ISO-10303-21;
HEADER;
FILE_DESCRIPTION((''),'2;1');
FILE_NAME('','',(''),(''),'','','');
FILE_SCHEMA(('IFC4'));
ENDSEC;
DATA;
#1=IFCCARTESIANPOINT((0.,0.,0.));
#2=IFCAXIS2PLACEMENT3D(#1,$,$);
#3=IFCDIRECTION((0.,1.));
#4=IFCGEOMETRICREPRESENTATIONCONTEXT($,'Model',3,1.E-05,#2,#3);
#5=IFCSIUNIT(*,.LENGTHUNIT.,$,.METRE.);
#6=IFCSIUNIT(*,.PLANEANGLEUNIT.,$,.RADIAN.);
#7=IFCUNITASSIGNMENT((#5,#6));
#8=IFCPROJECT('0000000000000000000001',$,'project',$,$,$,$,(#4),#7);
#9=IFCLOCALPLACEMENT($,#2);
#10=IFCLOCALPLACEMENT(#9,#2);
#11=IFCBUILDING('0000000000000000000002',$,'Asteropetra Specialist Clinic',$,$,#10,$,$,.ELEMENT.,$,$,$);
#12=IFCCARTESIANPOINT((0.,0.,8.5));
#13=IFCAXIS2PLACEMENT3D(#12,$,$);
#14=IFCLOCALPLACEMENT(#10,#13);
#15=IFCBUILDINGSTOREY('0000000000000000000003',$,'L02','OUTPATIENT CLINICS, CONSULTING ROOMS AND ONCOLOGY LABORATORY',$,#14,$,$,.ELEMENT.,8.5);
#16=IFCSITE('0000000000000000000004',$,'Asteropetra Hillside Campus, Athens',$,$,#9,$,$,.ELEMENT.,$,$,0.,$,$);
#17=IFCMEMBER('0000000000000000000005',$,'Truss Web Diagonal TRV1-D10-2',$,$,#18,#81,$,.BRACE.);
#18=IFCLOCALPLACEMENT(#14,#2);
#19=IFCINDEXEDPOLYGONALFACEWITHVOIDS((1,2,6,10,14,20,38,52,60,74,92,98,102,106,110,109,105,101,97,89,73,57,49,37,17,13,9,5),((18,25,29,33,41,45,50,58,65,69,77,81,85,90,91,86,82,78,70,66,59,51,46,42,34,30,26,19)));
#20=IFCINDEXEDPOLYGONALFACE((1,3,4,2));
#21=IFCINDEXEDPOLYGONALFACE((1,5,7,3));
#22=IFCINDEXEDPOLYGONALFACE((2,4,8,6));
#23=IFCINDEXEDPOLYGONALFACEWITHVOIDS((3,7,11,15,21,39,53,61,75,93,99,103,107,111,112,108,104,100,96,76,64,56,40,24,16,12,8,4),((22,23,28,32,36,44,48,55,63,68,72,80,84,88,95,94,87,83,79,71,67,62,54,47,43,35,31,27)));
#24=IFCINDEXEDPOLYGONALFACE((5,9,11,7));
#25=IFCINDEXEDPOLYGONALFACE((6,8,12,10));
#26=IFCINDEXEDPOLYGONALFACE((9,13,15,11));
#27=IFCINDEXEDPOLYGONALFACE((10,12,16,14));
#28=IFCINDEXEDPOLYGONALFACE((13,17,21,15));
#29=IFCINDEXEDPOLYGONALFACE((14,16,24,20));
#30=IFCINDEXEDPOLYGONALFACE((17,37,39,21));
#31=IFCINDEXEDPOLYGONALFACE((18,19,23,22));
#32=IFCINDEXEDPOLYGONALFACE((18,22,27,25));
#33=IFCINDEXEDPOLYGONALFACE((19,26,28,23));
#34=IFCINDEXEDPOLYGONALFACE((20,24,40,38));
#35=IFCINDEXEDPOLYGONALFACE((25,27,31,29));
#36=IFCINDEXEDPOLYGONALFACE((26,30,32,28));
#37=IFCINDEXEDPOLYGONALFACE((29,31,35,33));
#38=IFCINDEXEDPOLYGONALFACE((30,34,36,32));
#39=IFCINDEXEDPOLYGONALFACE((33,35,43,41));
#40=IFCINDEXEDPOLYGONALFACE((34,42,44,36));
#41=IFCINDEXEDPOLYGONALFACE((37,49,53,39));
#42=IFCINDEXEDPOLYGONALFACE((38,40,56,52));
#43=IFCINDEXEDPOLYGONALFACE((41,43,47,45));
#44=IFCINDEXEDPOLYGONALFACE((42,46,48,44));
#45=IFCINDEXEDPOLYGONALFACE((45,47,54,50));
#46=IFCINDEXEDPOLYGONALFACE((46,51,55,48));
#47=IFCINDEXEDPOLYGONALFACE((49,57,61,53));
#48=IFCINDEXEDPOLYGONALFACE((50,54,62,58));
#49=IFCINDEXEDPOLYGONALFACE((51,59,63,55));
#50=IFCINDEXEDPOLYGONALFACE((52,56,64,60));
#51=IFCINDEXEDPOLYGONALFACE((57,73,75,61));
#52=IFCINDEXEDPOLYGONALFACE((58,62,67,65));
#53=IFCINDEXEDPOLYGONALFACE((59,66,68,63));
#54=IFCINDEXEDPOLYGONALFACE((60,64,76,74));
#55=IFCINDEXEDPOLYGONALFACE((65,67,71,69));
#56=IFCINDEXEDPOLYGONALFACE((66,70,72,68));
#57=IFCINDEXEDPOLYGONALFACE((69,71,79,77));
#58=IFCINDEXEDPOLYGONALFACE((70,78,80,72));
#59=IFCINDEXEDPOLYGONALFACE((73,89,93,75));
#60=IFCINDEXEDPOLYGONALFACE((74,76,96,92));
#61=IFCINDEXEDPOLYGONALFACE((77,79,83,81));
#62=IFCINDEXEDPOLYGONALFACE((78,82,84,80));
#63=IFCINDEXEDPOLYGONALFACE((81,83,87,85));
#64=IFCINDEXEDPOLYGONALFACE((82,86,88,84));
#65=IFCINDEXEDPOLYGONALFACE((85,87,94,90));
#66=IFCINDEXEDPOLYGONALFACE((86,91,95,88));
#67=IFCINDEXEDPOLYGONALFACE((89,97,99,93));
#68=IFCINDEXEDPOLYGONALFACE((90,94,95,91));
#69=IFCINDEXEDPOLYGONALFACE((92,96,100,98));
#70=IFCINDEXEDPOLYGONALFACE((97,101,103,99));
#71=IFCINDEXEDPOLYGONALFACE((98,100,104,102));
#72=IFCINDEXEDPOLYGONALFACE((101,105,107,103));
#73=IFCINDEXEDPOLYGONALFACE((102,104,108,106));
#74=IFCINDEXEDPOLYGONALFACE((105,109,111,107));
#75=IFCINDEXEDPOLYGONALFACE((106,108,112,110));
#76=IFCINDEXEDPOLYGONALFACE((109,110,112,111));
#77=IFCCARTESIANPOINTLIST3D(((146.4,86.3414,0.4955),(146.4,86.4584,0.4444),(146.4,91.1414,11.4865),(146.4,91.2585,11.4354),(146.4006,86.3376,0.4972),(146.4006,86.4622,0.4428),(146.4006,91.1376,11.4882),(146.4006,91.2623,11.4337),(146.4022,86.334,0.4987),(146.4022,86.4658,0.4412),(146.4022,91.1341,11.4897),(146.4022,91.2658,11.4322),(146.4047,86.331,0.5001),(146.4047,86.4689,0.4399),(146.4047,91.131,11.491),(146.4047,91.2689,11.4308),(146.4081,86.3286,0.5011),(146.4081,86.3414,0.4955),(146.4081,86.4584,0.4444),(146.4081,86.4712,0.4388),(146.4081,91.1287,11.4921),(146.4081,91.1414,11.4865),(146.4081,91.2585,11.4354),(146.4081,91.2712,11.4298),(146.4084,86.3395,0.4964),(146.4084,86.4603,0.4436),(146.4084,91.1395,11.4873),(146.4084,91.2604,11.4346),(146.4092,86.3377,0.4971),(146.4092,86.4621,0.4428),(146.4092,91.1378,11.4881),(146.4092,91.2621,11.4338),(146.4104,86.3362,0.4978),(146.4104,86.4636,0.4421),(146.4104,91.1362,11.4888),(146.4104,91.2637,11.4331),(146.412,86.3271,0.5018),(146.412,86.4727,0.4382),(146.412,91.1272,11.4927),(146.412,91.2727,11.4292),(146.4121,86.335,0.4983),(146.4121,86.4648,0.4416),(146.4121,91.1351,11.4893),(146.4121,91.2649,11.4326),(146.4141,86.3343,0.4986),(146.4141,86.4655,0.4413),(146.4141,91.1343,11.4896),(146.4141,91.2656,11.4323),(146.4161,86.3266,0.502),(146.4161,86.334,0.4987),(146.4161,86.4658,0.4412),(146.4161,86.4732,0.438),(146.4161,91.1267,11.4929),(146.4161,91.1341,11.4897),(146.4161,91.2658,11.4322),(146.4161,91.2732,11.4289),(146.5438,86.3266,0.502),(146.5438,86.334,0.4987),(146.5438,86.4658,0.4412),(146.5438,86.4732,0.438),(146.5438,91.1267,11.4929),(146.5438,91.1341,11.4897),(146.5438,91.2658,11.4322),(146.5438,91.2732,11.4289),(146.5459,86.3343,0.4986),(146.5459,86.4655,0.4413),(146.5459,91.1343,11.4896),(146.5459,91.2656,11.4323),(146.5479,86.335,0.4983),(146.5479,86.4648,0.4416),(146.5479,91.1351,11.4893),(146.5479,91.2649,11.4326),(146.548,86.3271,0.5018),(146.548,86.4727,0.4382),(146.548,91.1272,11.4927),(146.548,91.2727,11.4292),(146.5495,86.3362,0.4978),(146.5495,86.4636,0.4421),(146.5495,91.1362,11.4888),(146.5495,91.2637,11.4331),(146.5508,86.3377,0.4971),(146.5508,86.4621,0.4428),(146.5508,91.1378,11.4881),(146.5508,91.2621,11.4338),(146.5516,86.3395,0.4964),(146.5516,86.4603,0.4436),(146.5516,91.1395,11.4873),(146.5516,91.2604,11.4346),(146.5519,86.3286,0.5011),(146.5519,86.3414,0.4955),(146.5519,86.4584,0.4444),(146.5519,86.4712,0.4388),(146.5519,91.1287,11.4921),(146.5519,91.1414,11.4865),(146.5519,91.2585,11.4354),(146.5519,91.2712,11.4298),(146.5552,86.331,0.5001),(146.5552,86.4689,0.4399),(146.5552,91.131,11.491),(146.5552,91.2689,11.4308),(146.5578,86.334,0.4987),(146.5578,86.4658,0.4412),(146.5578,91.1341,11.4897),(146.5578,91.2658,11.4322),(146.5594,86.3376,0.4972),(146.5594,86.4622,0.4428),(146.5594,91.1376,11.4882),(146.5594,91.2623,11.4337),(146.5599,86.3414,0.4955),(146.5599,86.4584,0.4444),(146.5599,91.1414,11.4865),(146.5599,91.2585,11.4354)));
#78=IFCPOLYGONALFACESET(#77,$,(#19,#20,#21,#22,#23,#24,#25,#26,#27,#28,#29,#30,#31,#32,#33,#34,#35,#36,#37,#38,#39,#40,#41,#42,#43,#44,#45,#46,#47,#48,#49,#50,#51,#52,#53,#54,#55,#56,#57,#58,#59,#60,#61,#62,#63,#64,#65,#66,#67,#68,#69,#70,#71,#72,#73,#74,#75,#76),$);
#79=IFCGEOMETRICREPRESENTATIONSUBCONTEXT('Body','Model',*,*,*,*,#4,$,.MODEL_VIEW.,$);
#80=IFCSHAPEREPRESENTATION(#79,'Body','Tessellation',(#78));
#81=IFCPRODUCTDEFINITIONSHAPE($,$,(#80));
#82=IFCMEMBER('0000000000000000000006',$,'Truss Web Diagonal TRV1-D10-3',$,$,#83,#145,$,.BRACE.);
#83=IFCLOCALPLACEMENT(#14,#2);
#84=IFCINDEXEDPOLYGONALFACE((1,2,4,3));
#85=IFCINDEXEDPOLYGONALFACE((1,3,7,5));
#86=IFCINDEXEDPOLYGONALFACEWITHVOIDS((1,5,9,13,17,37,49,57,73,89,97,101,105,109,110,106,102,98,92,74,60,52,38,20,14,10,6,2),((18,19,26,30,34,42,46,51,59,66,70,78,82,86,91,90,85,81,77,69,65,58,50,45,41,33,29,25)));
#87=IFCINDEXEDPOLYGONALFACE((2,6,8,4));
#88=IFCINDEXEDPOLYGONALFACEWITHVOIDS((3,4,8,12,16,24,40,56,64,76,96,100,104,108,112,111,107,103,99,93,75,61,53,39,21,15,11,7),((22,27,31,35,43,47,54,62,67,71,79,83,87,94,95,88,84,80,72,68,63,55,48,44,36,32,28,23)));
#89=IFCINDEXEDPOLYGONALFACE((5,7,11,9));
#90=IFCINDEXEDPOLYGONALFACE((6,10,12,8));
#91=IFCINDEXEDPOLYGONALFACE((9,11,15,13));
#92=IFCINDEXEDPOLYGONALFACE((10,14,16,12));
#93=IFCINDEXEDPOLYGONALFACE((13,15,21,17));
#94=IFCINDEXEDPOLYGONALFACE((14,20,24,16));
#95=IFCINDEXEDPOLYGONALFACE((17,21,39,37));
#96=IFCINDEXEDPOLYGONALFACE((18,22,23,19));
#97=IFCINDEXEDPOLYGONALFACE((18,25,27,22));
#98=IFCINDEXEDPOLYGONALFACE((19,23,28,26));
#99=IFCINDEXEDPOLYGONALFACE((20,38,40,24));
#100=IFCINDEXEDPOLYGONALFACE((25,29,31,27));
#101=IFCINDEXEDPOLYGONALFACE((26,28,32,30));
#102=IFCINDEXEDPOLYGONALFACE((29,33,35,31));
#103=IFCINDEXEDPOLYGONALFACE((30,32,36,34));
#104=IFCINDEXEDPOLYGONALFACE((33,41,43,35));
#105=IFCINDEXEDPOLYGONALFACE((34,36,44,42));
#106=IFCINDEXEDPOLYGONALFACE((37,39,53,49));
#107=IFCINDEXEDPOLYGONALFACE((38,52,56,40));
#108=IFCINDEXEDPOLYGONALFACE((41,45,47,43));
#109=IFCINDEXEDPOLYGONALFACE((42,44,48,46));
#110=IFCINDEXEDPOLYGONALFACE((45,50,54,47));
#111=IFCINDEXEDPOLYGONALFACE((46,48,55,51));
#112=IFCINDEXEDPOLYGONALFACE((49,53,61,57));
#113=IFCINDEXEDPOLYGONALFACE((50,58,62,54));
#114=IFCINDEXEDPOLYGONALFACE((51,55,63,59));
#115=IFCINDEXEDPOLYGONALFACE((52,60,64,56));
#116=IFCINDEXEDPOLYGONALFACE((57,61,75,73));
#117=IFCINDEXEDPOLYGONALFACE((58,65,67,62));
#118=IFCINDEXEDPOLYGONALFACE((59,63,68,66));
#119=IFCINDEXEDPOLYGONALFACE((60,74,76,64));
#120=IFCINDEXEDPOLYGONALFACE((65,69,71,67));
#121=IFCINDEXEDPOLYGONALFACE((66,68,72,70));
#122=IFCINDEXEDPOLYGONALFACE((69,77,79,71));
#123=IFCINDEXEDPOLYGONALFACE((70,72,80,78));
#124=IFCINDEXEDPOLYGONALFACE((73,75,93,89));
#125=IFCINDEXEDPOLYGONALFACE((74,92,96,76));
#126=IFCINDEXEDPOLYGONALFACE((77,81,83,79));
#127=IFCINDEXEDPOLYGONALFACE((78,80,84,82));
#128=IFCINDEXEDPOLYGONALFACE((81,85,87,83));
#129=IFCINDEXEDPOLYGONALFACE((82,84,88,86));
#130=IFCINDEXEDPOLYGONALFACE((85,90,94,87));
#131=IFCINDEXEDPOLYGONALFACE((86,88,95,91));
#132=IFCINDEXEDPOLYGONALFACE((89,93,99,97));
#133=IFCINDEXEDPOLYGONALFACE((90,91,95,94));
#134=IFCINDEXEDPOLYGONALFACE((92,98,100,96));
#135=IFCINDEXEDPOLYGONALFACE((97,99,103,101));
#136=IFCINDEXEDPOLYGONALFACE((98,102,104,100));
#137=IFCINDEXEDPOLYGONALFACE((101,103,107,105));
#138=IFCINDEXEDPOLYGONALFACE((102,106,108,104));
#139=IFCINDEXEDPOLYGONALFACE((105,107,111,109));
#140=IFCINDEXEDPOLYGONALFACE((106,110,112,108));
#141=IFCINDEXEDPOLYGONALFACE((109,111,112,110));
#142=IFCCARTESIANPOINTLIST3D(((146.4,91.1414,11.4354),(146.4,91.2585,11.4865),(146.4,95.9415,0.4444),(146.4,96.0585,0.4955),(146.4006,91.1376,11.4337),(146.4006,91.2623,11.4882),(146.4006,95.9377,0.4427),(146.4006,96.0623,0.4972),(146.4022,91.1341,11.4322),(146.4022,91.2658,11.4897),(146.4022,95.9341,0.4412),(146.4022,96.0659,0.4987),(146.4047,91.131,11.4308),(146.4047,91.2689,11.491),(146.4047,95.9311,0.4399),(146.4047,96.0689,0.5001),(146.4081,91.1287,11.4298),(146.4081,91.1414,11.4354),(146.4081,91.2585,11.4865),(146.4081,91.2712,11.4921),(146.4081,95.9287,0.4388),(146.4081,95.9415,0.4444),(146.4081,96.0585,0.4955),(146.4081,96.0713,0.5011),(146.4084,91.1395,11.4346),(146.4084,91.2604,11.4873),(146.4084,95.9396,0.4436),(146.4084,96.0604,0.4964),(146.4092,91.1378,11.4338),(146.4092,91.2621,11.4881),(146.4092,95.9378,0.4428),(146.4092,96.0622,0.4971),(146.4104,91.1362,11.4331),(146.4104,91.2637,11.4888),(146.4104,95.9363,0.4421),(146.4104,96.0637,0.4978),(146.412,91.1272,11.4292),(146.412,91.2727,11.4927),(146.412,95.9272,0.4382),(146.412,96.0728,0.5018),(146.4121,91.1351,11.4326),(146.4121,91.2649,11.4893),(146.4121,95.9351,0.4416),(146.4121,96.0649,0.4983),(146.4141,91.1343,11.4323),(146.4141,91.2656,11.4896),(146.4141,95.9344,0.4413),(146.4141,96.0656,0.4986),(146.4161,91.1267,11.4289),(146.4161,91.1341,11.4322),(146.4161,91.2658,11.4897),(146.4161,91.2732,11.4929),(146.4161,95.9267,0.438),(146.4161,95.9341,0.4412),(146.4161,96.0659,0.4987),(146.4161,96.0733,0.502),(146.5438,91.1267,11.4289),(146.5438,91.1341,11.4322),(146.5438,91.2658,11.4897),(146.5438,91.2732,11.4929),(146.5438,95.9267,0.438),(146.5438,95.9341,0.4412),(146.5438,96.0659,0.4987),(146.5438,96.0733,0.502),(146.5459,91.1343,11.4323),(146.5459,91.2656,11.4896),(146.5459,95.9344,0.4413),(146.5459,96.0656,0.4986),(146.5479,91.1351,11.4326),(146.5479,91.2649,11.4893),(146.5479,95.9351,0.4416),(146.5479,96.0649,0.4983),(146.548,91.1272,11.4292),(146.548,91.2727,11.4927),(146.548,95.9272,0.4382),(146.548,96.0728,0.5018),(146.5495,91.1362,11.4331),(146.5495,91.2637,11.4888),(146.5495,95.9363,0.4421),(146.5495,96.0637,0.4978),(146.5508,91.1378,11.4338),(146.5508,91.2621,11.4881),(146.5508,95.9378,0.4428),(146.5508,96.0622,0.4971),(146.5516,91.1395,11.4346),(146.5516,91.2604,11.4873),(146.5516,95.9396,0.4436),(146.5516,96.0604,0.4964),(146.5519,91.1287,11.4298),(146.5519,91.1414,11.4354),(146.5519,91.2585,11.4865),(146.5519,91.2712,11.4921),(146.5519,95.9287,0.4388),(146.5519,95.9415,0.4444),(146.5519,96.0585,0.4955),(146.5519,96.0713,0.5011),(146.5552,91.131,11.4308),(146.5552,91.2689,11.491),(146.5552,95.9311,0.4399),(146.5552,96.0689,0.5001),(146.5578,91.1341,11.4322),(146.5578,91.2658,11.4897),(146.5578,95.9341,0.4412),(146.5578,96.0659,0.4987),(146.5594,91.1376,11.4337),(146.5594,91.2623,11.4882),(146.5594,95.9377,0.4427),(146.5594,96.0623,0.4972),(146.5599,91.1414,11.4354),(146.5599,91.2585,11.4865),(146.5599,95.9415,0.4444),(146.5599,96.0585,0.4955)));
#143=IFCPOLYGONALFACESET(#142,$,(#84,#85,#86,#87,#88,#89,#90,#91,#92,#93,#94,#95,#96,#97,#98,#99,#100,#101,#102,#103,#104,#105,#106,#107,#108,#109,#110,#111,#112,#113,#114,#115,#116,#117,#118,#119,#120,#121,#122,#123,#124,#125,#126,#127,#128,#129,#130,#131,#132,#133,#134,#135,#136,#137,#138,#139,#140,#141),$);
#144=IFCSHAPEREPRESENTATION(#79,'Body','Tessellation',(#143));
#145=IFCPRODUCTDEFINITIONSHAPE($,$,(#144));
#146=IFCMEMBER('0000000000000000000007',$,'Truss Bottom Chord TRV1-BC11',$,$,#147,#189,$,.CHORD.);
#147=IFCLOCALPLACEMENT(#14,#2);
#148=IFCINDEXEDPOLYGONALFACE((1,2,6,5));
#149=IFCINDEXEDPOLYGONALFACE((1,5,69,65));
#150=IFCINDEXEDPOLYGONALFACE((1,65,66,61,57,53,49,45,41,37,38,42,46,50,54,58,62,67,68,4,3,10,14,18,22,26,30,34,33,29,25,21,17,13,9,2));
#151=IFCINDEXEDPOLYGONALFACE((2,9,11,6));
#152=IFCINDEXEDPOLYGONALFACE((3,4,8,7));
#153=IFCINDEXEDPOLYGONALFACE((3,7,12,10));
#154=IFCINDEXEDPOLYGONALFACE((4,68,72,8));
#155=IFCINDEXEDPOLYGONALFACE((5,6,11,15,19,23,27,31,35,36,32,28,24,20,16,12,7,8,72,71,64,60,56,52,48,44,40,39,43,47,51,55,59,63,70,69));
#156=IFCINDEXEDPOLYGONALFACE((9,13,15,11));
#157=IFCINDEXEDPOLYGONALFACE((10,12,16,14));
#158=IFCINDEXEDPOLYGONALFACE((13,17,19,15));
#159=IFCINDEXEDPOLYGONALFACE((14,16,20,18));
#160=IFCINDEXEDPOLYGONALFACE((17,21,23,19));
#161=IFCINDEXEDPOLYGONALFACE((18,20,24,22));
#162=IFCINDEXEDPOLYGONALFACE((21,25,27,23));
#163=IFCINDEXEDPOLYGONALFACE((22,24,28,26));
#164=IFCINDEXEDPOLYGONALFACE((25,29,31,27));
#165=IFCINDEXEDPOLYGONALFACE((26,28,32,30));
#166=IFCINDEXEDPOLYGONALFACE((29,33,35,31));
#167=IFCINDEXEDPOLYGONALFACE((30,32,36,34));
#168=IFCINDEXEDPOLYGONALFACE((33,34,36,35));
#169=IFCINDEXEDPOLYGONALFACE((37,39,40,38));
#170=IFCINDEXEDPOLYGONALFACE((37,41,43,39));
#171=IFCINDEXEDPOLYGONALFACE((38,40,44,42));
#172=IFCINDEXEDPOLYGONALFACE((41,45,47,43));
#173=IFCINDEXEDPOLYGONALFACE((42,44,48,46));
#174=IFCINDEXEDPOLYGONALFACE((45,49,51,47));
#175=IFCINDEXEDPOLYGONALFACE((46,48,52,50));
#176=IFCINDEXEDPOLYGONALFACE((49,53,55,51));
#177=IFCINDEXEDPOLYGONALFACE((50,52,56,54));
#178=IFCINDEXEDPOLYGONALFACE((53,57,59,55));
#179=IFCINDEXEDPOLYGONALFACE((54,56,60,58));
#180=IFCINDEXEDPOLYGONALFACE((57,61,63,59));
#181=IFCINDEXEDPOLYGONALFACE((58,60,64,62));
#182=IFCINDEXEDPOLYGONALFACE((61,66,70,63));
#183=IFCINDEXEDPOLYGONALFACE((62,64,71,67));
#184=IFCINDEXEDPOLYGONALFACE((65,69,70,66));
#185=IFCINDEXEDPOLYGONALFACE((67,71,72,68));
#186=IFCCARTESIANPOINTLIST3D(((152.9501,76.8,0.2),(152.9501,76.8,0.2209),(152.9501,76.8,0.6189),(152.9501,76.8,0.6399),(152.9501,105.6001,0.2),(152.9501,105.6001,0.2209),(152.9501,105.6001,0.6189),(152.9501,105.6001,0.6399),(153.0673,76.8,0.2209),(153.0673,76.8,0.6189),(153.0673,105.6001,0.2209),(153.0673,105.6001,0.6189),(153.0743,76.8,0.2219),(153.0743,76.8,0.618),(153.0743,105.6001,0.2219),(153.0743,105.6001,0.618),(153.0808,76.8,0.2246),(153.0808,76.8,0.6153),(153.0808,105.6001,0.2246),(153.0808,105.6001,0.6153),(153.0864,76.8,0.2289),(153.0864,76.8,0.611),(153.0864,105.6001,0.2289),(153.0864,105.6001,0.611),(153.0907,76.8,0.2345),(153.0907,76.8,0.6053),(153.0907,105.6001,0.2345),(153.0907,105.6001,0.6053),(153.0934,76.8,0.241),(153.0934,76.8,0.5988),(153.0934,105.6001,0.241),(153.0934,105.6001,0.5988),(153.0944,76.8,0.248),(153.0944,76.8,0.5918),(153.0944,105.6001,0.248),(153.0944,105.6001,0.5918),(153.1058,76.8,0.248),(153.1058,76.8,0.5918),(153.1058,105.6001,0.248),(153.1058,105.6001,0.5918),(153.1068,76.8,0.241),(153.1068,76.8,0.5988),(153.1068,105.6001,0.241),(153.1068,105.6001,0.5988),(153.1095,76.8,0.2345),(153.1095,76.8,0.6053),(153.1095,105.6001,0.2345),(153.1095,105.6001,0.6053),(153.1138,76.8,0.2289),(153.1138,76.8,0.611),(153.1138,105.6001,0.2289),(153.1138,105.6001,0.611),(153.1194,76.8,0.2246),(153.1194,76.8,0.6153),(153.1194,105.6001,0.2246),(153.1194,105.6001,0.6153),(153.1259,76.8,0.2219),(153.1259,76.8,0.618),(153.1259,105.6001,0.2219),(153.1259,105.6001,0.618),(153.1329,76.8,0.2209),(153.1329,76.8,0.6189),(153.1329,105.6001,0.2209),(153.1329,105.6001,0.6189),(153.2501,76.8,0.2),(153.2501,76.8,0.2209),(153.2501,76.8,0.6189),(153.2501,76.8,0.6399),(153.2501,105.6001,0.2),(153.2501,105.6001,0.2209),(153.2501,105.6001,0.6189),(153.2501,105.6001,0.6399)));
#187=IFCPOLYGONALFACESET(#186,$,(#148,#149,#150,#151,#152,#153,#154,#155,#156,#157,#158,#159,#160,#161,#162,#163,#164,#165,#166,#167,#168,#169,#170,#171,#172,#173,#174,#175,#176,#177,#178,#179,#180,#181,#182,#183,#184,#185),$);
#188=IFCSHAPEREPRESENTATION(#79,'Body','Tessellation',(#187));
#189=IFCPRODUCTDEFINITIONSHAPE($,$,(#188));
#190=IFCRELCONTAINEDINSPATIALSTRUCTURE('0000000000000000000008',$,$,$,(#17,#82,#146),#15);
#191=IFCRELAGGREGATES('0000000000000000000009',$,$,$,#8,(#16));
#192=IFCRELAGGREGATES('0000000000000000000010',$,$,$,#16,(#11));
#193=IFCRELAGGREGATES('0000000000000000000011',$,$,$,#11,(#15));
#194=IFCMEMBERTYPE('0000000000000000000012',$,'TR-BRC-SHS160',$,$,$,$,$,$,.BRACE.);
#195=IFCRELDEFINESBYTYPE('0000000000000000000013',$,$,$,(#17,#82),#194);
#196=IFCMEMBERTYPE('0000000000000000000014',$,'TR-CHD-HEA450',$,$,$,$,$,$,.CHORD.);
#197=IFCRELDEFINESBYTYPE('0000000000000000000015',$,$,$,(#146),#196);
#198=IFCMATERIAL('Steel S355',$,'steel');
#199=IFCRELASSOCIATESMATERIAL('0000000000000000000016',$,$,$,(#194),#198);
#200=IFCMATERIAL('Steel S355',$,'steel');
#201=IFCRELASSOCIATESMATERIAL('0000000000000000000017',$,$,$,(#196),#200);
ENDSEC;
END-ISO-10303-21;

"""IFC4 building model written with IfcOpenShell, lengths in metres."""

from ifc_helpers import new_model, si_unit, direction, frame, origin, origin_2d, place, context, subcontext, project, spatial, hollow_rectangle, i_section, extrude, material, material_profile, profile_set, type_object, element, save


model = new_model("IFC4")

# Units and contexts
model_context = context("Model", 3, precision=1e-05, world=origin(), true_north=direction((0.0, 1.0)))
body_context = subcontext(model_context, "Body", "Model", "MODEL_VIEW")
ifc_project = project(units=[si_unit("LENGTHUNIT", "METRE"), si_unit("PLANEANGLEUNIT", "RADIAN")], contexts=[model_context])

# Site, building, storey
site_placement = place(None, origin())
site = spatial("IfcSite", under=ifc_project, at=site_placement, Name="Asteropetra Hillside Campus, Athens", CompositionType="ELEMENT", RefElevation=0.0)
building_placement = place(site_placement, origin())
building = spatial("IfcBuilding", under=site, at=building_placement, Name="Asteropetra Specialist Clinic", CompositionType="ELEMENT")
storey_placement = place(building_placement, frame((0.0, 0.0, 8.5)))
storey = spatial("IfcBuildingStorey", under=building, at=storey_placement, Name="L02", Description="OUTPATIENT CLINICS, CONSULTING ROOMS AND ONCOLOGY LABORATORY", CompositionType="ELEMENT", Elevation=8.5)

# Members
ifc_material_1 = material(Name="Steel S355", Category="steel")
ifc_material_profile_1 = material_profile(ifc_material_1, hollow_rectangle(XDim=0.1599, YDim=0.1599, WallThickness=0.0081, InnerFilletRadius=0.0081, OuterFilletRadius=0.0161, at=origin_2d()), Name="SHS 160x160x8.0")
ifc_profile_set_1 = profile_set([ifc_material_profile_1], Name="Steel S355")
member_type_1 = type_object("IfcMemberType", Name="TR-BRC-SHS160", PredefinedType="BRACE", material=ifc_profile_set_1)
for number, where, z_axis, x_axis, name in (
    (1, (146.48, 86.3999, 0.47), (0.0, 0.400224, 0.916417), (-1.0, 0.0, 0.0), "Truss Web Diagonal TRV1-D10-2"),
    (2, (146.48, 91.2, 11.4609), (0.0, 0.400224, -0.916417), (-1.0, 0.0, 0.0), "Truss Web Diagonal TRV1-D10-3"),
):
    element("IfcMember", number, at=place(storey_placement, frame(where, z_axis=z_axis, x_axis=x_axis)), inside=storey, type_object=member_type_1, Name=name, PredefinedType="BRACE", context=body_context, shape_type="SweptSolid", body=[
        extrude(hollow_rectangle(XDim=0.1599, YDim=0.1599, WallThickness=0.0081, InnerFilletRadius=0.0081, OuterFilletRadius=0.0161, at=origin_2d()), origin(), (0.0, 0.0, 1.0), 11.9934),
    ])
ifc_material_2 = material(Name="Steel S355", Category="steel")
ifc_material_profile_2 = material_profile(ifc_material_2, i_section(OverallWidth=0.3, OverallDepth=0.4399, WebThickness=0.0115, FlangeThickness=0.021, FilletRadius=0.0271, at=origin_2d()), Name="HEA 450")
ifc_profile_set_2 = profile_set([ifc_material_profile_2], Name="Steel S355")
member_type_2 = type_object("IfcMemberType", Name="TR-CHD-HEA450", PredefinedType="CHORD", material=ifc_profile_set_2)
member_1_placement = place(storey_placement, frame((153.1001, 76.8, 0.4199), z_axis=(0.0, 1.0, 0.0), x_axis=(-1.0, 0.0, 0.0)))
element("IfcMember", 3, at=member_1_placement, inside=storey, type_object=member_type_2, Name="Truss Bottom Chord TRV1-BC11", PredefinedType="CHORD", context=body_context, shape_type="SweptSolid", body=[
    extrude(i_section(OverallWidth=0.3, OverallDepth=0.4399, WebThickness=0.0115, FlangeThickness=0.021, FilletRadius=0.0271, at=origin_2d()), origin(), (0.0, 0.0, 1.0), 28.8),
])

save(model, "model.ifc")
